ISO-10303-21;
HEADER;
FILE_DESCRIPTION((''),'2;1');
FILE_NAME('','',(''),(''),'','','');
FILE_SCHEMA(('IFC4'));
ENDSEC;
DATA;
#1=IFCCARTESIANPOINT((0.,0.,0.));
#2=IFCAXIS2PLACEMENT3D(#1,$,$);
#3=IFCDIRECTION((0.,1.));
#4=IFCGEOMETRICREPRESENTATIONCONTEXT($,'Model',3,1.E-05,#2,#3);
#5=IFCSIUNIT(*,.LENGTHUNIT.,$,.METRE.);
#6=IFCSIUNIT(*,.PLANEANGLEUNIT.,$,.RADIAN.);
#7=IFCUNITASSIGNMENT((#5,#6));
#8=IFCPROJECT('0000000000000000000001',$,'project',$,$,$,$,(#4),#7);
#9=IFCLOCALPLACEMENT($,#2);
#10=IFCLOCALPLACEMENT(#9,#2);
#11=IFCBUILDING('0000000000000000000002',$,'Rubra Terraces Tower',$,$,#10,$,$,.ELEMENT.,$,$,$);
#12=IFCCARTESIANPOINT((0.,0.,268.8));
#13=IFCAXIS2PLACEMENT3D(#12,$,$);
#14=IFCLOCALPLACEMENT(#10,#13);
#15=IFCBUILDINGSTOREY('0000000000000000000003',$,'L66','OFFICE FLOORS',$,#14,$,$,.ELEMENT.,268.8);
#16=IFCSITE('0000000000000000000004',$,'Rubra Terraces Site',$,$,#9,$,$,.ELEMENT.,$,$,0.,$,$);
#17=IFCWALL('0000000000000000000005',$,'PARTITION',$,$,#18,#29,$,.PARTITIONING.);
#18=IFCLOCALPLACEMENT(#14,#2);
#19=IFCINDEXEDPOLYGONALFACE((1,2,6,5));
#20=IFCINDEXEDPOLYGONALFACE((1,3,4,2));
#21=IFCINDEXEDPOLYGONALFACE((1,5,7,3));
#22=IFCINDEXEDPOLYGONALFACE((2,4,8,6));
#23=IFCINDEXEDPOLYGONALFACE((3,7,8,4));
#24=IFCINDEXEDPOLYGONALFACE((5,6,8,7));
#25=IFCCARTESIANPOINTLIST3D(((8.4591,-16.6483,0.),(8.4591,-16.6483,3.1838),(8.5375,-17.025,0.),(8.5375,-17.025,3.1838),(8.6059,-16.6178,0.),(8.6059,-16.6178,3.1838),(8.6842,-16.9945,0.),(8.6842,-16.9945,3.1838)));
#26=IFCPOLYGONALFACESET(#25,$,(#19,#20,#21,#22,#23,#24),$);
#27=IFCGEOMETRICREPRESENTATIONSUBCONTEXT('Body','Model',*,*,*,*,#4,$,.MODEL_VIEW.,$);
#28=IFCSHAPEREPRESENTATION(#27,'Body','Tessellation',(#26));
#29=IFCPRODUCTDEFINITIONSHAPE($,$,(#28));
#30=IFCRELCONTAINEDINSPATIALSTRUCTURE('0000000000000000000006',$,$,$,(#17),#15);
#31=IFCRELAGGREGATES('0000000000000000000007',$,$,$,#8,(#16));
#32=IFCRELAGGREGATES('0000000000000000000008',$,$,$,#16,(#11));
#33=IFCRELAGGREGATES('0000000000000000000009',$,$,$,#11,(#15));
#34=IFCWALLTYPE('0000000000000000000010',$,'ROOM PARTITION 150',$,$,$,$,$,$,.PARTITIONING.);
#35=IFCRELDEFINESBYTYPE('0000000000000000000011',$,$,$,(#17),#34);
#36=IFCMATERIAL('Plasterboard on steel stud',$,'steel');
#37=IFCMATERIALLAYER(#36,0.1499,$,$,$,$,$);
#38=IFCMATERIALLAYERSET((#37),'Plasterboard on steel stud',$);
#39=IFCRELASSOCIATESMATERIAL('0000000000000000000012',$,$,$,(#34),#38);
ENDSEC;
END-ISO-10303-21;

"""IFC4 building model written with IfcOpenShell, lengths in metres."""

from ifc_helpers import new_model, si_unit, direction, frame, frame_2d, origin, place, context, subcontext, project, spatial, rectangle, extrude, material, layer, layer_set, type_object, element, save


model = new_model("IFC4")

# Units and contexts
model_context = context("Model", 3, precision=1e-05, world=origin(), true_north=direction((0.0, 1.0)))
body_context = subcontext(model_context, "Body", "Model", "MODEL_VIEW")
ifc_project = project(units=[si_unit("LENGTHUNIT", "METRE"), si_unit("PLANEANGLEUNIT", "RADIAN")], contexts=[model_context])

# Site, building, storey
site_placement = place(None, origin())
site = spatial("IfcSite", under=ifc_project, at=site_placement, Name="Rubra Terraces Site", CompositionType="ELEMENT", RefElevation=0.0)
building_placement = place(site_placement, origin())
building = spatial("IfcBuilding", under=site, at=building_placement, Name="Rubra Terraces Tower", CompositionType="ELEMENT")
storey_placement = place(building_placement, frame((0.0, 0.0, 268.8)))
storey = spatial("IfcBuildingStorey", under=building, at=storey_placement, Name="L66", Description="OFFICE FLOORS", CompositionType="ELEMENT", Elevation=268.8)

# Wall
ifc_material_1 = material(Name="Plasterboard on steel stud", Category="steel")
ifc_layer_1 = layer(ifc_material_1, 0.1499)
ifc_layer_set_1 = layer_set([ifc_layer_1], Name="Plasterboard on steel stud")
wall_type_1 = type_object("IfcWallType", Name="ROOM PARTITION 150", PredefinedType="PARTITIONING", material=ifc_layer_set_1)
wall_1_placement = place(storey_placement, frame((8.6108, -17.0098, 0.0), z_axis=(0.0, 0.0, 1.0), x_axis=(-0.203676, 0.979038, 0.0)))
element("IfcWall", 1, at=wall_1_placement, inside=storey, type_object=wall_type_1, Name="PARTITION", PredefinedType="PARTITIONING", context=body_context, shape_type="SweptSolid", body=[
    extrude(rectangle(XDim=0.3848, YDim=0.1499, at=frame_2d((0.1924, 0.0))), origin(), (0.0, 0.0, 1.0), 3.1838),
])

save(model, "model.ifc")
